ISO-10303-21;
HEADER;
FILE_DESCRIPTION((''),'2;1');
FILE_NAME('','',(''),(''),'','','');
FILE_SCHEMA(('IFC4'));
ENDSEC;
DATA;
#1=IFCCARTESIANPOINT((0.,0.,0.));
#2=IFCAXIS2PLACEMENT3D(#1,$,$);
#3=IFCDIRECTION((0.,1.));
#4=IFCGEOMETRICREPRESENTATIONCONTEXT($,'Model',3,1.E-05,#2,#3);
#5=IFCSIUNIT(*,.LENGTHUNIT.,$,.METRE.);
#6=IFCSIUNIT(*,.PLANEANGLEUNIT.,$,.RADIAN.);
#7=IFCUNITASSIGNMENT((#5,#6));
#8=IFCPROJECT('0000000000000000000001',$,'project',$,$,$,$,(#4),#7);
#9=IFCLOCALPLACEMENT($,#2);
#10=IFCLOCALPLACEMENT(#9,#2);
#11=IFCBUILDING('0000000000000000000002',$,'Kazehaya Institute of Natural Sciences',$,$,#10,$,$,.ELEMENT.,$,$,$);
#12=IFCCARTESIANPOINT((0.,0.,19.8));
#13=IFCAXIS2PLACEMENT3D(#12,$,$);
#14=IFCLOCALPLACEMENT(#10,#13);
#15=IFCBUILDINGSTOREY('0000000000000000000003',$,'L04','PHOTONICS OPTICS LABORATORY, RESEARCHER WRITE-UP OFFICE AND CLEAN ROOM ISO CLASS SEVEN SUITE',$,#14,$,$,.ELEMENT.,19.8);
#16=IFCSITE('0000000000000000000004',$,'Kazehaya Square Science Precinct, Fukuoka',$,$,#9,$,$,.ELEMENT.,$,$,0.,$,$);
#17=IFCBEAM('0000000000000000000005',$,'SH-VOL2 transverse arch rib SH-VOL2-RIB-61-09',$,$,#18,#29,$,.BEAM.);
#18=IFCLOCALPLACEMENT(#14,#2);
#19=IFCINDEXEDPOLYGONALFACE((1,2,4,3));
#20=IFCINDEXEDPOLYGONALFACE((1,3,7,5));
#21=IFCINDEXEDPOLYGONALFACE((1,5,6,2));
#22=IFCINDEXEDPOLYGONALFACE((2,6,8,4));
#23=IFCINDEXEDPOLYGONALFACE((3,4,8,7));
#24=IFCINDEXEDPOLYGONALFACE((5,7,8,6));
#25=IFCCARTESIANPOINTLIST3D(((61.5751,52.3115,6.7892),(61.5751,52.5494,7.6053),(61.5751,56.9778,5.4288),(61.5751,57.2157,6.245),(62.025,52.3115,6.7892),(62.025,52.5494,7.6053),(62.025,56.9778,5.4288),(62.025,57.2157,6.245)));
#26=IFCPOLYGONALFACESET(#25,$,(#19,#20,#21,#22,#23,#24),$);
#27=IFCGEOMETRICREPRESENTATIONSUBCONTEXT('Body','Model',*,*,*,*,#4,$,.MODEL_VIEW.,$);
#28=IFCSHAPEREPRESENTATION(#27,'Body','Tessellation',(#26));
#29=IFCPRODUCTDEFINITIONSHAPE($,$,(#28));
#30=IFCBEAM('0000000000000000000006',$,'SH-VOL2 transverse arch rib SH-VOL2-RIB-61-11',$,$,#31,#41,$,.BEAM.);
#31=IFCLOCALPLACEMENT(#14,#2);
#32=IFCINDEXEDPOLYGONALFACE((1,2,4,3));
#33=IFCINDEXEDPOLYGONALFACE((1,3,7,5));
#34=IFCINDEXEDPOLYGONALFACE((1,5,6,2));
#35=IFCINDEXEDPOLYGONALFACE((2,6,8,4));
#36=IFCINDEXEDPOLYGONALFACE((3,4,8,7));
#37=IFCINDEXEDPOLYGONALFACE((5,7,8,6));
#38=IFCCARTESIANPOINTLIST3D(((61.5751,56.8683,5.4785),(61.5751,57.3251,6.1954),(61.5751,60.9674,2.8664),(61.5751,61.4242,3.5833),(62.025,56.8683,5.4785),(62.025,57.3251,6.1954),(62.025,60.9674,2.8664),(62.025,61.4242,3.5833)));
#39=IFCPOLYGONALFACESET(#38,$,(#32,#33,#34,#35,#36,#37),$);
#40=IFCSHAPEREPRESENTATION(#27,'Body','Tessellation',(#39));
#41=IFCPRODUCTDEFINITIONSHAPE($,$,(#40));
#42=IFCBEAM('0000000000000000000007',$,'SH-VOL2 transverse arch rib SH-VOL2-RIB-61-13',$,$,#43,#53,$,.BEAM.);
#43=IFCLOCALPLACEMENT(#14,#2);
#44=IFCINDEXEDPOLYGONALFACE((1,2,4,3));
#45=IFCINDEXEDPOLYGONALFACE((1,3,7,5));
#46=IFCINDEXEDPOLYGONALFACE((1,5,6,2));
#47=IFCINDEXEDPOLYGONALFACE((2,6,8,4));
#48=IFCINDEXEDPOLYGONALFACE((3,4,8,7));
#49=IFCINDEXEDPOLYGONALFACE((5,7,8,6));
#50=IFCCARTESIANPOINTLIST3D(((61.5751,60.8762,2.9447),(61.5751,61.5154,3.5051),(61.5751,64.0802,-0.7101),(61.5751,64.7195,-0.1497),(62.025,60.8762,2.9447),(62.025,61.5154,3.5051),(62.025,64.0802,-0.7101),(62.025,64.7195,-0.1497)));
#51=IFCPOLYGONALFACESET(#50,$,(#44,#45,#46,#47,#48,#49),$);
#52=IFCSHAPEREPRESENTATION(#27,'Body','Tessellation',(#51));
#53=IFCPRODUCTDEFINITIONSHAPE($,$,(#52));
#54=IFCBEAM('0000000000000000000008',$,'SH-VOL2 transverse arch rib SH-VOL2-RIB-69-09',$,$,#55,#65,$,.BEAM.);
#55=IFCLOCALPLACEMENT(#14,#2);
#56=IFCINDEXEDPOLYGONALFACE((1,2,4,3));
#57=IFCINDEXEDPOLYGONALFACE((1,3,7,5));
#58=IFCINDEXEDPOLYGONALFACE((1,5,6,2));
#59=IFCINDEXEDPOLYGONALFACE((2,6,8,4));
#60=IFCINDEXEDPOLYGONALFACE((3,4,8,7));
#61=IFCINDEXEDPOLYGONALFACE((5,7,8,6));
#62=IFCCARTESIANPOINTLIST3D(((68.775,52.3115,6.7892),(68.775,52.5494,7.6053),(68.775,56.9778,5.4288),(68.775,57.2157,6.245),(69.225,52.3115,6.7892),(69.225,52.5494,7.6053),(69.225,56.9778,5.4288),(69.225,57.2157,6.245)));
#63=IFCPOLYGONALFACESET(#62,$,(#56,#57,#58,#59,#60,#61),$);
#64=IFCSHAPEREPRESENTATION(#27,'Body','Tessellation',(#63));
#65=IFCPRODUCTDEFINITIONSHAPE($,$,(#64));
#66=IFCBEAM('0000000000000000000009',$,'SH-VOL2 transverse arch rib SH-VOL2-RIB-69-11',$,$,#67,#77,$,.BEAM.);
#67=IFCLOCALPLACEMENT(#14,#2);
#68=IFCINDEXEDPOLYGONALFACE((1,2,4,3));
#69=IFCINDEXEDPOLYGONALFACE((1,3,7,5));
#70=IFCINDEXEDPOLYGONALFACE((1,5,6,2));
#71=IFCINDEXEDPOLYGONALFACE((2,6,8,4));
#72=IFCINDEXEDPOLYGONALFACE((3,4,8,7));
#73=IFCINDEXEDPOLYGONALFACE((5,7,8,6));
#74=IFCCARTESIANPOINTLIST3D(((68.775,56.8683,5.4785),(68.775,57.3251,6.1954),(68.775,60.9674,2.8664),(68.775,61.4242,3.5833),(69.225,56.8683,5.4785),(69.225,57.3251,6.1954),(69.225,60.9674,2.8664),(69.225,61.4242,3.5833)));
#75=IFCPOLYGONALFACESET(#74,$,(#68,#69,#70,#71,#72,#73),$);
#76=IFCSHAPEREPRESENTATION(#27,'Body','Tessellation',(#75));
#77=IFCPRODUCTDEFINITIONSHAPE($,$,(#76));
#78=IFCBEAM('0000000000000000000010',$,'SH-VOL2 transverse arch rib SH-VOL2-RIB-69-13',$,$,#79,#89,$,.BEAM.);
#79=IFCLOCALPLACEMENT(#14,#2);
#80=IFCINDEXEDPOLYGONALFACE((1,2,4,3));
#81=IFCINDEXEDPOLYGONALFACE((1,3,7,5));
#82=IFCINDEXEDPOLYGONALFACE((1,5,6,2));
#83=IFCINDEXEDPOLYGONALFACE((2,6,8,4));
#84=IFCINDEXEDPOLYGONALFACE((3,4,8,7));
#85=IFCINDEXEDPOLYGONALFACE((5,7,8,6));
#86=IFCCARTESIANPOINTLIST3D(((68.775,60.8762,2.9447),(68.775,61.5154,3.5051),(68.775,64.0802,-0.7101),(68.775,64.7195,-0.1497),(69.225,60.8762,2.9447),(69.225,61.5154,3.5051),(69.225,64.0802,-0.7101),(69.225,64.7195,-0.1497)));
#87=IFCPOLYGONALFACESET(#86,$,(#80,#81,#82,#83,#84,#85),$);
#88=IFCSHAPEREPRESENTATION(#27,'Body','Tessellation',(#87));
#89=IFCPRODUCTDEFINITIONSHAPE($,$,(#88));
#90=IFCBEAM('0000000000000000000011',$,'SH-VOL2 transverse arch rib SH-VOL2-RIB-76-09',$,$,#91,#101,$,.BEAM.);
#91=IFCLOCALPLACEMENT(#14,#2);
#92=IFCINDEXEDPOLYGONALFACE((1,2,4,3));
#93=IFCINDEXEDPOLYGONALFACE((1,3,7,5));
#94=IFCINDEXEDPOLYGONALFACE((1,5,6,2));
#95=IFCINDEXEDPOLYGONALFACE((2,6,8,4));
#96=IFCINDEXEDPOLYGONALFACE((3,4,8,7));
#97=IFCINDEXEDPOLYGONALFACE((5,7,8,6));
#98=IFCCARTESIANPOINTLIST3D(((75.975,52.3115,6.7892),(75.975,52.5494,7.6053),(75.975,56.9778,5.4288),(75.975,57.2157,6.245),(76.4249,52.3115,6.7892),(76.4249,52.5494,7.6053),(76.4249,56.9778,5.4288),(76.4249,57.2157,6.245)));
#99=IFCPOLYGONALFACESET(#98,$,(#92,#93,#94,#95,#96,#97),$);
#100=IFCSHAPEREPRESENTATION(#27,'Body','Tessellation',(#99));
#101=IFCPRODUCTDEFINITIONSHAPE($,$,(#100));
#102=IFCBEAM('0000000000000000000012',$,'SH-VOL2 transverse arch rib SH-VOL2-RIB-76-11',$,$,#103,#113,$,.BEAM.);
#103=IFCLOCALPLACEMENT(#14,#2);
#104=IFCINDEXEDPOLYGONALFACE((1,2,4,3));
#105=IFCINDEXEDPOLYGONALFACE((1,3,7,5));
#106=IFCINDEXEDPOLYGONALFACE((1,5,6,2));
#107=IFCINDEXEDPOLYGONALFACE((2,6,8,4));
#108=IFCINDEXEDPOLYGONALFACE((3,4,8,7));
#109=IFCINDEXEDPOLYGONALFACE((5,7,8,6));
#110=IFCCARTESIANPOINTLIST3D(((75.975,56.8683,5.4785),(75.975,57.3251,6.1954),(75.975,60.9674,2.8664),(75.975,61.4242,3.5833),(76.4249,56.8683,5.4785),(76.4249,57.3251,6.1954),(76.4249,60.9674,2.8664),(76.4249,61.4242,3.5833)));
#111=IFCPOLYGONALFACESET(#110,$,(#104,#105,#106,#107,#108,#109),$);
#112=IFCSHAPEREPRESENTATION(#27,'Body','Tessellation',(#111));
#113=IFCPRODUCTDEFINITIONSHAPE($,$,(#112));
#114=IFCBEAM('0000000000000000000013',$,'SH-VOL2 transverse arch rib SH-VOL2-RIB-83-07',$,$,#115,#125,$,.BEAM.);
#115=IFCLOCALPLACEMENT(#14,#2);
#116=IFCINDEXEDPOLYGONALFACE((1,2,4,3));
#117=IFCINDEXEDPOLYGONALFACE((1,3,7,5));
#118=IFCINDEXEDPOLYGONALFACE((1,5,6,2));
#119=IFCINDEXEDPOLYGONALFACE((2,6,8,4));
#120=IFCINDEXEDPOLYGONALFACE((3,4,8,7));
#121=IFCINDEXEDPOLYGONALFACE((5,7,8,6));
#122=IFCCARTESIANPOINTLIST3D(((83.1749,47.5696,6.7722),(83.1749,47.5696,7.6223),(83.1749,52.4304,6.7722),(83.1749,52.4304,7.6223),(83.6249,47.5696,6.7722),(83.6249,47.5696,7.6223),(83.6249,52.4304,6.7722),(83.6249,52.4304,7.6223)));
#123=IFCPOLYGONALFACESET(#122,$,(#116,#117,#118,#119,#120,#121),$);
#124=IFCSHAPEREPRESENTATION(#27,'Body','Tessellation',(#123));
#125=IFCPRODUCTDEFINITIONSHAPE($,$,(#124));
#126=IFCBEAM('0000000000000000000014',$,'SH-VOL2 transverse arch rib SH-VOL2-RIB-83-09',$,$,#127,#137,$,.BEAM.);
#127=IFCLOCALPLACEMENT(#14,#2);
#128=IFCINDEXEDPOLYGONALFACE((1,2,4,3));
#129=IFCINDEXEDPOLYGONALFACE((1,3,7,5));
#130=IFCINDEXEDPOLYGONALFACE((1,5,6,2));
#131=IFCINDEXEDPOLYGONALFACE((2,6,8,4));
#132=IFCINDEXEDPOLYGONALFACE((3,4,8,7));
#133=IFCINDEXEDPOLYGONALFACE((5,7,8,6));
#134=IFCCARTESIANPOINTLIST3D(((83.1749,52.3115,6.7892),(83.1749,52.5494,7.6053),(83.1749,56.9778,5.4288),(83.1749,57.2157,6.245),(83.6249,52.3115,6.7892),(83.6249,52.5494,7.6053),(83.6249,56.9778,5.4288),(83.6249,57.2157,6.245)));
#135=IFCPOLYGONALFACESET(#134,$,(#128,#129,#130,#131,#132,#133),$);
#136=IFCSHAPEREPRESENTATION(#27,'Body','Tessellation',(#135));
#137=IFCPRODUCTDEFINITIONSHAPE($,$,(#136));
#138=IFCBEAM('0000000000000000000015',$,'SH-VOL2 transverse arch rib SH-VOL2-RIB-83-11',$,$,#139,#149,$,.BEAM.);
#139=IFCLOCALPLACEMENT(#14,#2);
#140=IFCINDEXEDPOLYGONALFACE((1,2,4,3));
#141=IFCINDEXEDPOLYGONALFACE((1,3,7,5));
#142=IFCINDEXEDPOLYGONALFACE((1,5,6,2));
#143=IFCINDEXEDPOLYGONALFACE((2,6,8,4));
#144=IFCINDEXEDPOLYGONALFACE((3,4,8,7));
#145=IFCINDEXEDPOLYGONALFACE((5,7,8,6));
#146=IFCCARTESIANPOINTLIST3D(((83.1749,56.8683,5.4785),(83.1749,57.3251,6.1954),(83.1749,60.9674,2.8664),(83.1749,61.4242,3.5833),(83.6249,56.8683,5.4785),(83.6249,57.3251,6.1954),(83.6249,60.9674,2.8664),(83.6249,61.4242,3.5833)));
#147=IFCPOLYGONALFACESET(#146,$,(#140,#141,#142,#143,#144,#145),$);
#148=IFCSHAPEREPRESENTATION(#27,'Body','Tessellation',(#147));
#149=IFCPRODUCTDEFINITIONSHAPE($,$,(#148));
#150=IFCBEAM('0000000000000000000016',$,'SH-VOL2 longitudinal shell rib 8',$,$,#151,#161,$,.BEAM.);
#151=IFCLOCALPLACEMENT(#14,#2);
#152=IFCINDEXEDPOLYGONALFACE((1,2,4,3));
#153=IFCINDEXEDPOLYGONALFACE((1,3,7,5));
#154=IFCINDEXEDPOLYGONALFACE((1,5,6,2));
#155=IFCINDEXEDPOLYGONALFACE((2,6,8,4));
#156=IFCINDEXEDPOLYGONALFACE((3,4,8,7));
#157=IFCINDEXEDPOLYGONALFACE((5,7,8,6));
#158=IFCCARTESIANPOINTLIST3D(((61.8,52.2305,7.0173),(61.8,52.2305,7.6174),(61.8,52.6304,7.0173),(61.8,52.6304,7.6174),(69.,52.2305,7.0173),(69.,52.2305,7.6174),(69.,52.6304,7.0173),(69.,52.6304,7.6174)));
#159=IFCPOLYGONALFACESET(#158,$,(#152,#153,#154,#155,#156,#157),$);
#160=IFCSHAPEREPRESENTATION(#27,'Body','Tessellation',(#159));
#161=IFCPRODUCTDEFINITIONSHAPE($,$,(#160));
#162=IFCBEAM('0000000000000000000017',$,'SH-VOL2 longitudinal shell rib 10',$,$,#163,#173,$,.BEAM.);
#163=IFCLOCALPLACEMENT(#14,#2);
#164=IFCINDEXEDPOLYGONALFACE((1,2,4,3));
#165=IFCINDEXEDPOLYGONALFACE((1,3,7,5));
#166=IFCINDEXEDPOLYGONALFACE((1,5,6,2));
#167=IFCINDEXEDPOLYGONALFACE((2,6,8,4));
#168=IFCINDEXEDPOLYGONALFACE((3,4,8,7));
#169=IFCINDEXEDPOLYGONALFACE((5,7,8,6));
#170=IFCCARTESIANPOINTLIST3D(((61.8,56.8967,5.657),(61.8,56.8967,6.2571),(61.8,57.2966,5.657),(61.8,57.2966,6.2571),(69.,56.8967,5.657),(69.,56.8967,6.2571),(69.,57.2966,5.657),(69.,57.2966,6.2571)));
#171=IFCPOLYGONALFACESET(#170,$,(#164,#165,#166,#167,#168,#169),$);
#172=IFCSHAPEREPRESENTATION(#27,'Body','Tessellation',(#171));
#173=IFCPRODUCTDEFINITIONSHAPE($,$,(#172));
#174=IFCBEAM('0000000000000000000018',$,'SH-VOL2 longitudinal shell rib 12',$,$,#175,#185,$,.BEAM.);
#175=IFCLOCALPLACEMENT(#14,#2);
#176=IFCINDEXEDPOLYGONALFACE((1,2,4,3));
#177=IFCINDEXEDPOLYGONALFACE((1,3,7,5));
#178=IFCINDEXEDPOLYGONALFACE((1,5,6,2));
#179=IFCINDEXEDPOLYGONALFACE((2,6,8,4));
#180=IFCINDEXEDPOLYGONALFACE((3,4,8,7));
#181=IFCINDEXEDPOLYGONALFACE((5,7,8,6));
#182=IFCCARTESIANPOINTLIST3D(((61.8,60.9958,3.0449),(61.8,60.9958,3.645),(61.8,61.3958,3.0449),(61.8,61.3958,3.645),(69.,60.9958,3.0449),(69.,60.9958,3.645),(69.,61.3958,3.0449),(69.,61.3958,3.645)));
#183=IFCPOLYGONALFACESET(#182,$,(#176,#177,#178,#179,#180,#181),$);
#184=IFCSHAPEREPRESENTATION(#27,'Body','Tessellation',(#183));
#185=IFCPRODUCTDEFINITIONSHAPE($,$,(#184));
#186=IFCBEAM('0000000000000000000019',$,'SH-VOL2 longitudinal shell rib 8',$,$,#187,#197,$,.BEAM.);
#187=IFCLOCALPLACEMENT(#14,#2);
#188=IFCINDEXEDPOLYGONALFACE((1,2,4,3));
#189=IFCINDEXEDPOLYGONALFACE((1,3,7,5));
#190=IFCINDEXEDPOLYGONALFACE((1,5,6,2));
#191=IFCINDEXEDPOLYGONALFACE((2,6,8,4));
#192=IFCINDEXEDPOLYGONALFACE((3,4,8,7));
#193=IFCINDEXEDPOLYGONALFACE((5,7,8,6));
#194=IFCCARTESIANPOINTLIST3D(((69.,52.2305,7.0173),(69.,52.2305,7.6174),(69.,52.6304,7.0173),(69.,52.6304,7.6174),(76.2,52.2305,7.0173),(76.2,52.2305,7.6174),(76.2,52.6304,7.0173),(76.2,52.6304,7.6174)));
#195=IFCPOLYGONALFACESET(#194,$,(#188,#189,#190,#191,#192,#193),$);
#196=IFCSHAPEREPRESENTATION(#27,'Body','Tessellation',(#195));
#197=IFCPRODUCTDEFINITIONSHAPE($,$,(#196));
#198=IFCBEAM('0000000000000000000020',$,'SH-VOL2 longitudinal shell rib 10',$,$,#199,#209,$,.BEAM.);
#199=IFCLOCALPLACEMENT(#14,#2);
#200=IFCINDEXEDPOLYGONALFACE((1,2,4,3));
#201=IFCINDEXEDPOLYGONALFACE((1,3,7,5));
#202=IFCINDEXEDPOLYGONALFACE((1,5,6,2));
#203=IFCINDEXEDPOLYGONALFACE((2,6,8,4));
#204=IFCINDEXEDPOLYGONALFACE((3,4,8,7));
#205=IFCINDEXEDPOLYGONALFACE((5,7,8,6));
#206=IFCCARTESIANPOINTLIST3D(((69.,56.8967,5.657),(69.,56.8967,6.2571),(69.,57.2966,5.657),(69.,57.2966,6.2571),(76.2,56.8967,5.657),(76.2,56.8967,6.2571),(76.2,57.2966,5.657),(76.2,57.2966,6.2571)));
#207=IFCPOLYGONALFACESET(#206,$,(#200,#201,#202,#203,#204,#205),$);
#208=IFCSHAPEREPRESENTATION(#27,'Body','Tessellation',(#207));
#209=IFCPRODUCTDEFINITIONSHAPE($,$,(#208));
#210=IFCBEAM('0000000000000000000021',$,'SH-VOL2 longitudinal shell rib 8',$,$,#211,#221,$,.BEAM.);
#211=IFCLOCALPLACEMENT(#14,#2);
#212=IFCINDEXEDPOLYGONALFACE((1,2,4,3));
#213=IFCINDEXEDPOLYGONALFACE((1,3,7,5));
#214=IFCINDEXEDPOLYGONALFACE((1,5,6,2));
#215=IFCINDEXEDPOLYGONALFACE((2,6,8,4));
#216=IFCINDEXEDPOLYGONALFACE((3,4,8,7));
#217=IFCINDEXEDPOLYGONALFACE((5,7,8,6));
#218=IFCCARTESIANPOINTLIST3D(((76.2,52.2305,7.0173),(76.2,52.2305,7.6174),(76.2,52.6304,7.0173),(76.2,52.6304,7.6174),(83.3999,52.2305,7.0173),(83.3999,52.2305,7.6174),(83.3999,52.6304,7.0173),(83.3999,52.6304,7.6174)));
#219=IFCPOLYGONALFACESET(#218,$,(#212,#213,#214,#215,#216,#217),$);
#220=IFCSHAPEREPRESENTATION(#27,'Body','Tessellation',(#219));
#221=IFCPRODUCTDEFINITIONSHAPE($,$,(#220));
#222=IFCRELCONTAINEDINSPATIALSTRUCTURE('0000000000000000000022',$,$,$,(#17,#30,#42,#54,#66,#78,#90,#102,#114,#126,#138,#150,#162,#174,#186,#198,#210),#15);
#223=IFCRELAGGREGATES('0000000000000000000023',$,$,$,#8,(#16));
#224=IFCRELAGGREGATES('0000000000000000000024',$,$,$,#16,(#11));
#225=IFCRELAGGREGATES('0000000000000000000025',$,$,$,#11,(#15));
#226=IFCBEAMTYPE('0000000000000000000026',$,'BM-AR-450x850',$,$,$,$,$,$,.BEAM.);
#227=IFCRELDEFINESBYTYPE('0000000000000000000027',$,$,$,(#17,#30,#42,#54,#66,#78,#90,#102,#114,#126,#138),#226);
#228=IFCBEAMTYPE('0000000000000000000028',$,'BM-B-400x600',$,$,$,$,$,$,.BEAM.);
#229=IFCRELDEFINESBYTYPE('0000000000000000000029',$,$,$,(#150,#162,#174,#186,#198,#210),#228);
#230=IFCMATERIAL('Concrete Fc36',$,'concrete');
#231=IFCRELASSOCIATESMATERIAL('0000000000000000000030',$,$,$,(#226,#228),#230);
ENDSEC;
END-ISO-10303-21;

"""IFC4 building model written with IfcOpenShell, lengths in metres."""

from ifc_helpers import new_model, si_unit, direction, frame, origin, origin_2d, place, context, subcontext, project, spatial, rectangle, extrude, material, material_profile, profile_set, type_object, element, save


model = new_model("IFC4")

# Units and contexts
model_context = context("Model", 3, precision=1e-05, world=origin(), true_north=direction((0.0, 1.0)))
body_context = subcontext(model_context, "Body", "Model", "MODEL_VIEW")
ifc_project = project(units=[si_unit("LENGTHUNIT", "METRE"), si_unit("PLANEANGLEUNIT", "RADIAN")], contexts=[model_context])

# Site, building, storey
site_placement = place(None, origin())
site = spatial("IfcSite", under=ifc_project, at=site_placement, Name="Kazehaya Square Science Precinct, Fukuoka", CompositionType="ELEMENT", RefElevation=0.0)
building_placement = place(site_placement, origin())
building = spatial("IfcBuilding", under=site, at=building_placement, Name="Kazehaya Institute of Natural Sciences", CompositionType="ELEMENT")
storey_placement = place(building_placement, frame((0.0, 0.0, 19.8)))
storey = spatial("IfcBuildingStorey", under=building, at=storey_placement, Name="L04", Description="PHOTONICS OPTICS LABORATORY, RESEARCHER WRITE-UP OFFICE AND CLEAN ROOM ISO CLASS SEVEN SUITE", CompositionType="ELEMENT", Elevation=19.8)

# Beams
ifc_material = material(Name="Concrete Fc36", Category="concrete")
ifc_material_profile_1 = material_profile(ifc_material, rectangle(XDim=0.45, YDim=0.8501, at=origin_2d()), Name="RC-450x850")
ifc_profile_set_1 = profile_set([ifc_material_profile_1], Name="Concrete Fc36")
beam_type_1 = type_object("IfcBeamType", Name="BM-AR-450x850", PredefinedType="BEAM", material=ifc_profile_set_1)
for number, where, z_axis, x_axis, name in (
    (1, (61.8, 52.4304, 7.1973), (0.0, 0.960035, -0.279878), (-1.0, 0.0, 0.0), "SH-VOL2 transverse arch rib SH-VOL2-RIB-61-09"),
    (2, (61.8, 57.0967, 5.8369), (0.0, 0.843332, -0.537392), (-1.0, 0.0, 0.0), "SH-VOL2 transverse arch rib SH-VOL2-RIB-61-11"),
):
    element("IfcBeam", number, at=place(storey_placement, frame(where, z_axis=z_axis, x_axis=x_axis)), inside=storey, type_object=beam_type_1, Name=name, PredefinedType="BEAM", context=body_context, shape_type="SweptSolid", body=[
        extrude(rectangle(XDim=0.45, YDim=0.8501, at=origin_2d()), origin(), (0.0, 0.0, 1.0), 4.8606),
    ])
beam_1_placement = place(storey_placement, frame((61.8, 61.1958, 3.2249), z_axis=(0.0, 0.659223, -0.751948), x_axis=(-1.0, 0.0, 0.0)))
element("IfcBeam", 3, at=beam_1_placement, inside=storey, type_object=beam_type_1, Name="SH-VOL2 transverse arch rib SH-VOL2-RIB-61-13", PredefinedType="BEAM", context=body_context, shape_type="SweptSolid", body=[
    extrude(rectangle(XDim=0.45, YDim=0.8501, at=origin_2d()), origin(), (0.0, 0.0, 1.0), 4.8604),
])
for number, where, z_axis, x_axis, name in (
    (4, (69.0, 52.4304, 7.1973), (0.0, 0.960035, -0.279878), (-1.0, 0.0, 0.0), "SH-VOL2 transverse arch rib SH-VOL2-RIB-69-09"),
    (5, (69.0, 57.0967, 5.8369), (0.0, 0.843332, -0.537392), (-1.0, 0.0, 0.0), "SH-VOL2 transverse arch rib SH-VOL2-RIB-69-11"),
):
    element("IfcBeam", number, at=place(storey_placement, frame(where, z_axis=z_axis, x_axis=x_axis)), inside=storey, type_object=beam_type_1, Name=name, PredefinedType="BEAM", context=body_context, shape_type="SweptSolid", body=[
        extrude(rectangle(XDim=0.45, YDim=0.8501, at=origin_2d()), origin(), (0.0, 0.0, 1.0), 4.8606),
    ])
beam_2_placement = place(storey_placement, frame((69.0, 61.1958, 3.2249), z_axis=(0.0, 0.659223, -0.751948), x_axis=(-1.0, 0.0, 0.0)))
element("IfcBeam", 6, at=beam_2_placement, inside=storey, type_object=beam_type_1, Name="SH-VOL2 transverse arch rib SH-VOL2-RIB-69-13", PredefinedType="BEAM", context=body_context, shape_type="SweptSolid", body=[
    extrude(rectangle(XDim=0.45, YDim=0.8501, at=origin_2d()), origin(), (0.0, 0.0, 1.0), 4.8604),
])
for number, where, z_axis, x_axis, name in (
    (7, (76.2, 52.4304, 7.1973), (0.0, 0.960035, -0.279878), (-1.0, 0.0, 0.0), "SH-VOL2 transverse arch rib SH-VOL2-RIB-76-09"),
    (8, (76.2, 57.0967, 5.8369), (0.0, 0.843332, -0.537392), (-1.0, 0.0, 0.0), "SH-VOL2 transverse arch rib SH-VOL2-RIB-76-11"),
):
    element("IfcBeam", number, at=place(storey_placement, frame(where, z_axis=z_axis, x_axis=x_axis)), inside=storey, type_object=beam_type_1, Name=name, PredefinedType="BEAM", context=body_context, shape_type="SweptSolid", body=[
        extrude(rectangle(XDim=0.45, YDim=0.8501, at=origin_2d()), origin(), (0.0, 0.0, 1.0), 4.8606),
    ])
beam_3_placement = place(storey_placement, frame((83.3999, 47.5696, 7.1973), z_axis=(0.0, 1.0, 0.0), x_axis=(-1.0, 0.0, 0.0)))
element("IfcBeam", 9, at=beam_3_placement, inside=storey, type_object=beam_type_1, Name="SH-VOL2 transverse arch rib SH-VOL2-RIB-83-07", PredefinedType="BEAM", context=body_context, shape_type="SweptSolid", body=[
    extrude(rectangle(XDim=0.45, YDim=0.8501, at=origin_2d()), origin(), (0.0, 0.0, 1.0), 4.8608),
])
for number, where, z_axis, x_axis, name in (
    (10, (83.3999, 52.4304, 7.1973), (0.0, 0.960035, -0.279878), (-1.0, 0.0, 0.0), "SH-VOL2 transverse arch rib SH-VOL2-RIB-83-09"),
    (11, (83.3999, 57.0967, 5.8369), (0.0, 0.843332, -0.537392), (-1.0, 0.0, 0.0), "SH-VOL2 transverse arch rib SH-VOL2-RIB-83-11"),
):
    element("IfcBeam", number, at=place(storey_placement, frame(where, z_axis=z_axis, x_axis=x_axis)), inside=storey, type_object=beam_type_1, Name=name, PredefinedType="BEAM", context=body_context, shape_type="SweptSolid", body=[
        extrude(rectangle(XDim=0.45, YDim=0.8501, at=origin_2d()), origin(), (0.0, 0.0, 1.0), 4.8606),
    ])
ifc_material_profile_2 = material_profile(ifc_material, rectangle(XDim=0.3999, YDim=0.6001, at=origin_2d()), Name="RC-400x600")
ifc_profile_set_2 = profile_set([ifc_material_profile_2], Name="Concrete Fc36")
beam_type_2 = type_object("IfcBeamType", Name="BM-B-400x600", PredefinedType="BEAM", material=ifc_profile_set_2)
for number, where, z_axis, x_axis, name in (
    (12, (61.8, 52.4304, 7.3174), (1.0, 0.0, 0.0), (0.0, 1.0, 0.0), "SH-VOL2 longitudinal shell rib 8"),
    (13, (61.8, 57.0967, 5.957), (1.0, 0.0, 0.0), (0.0, 1.0, 0.0), "SH-VOL2 longitudinal shell rib 10"),
    (14, (61.8, 61.1958, 3.345), (1.0, 0.0, 0.0), (0.0, 1.0, 0.0), "SH-VOL2 longitudinal shell rib 12"),
    (15, (69.0, 52.4304, 7.3174), (1.0, 0.0, 0.0), (0.0, 1.0, 0.0), "SH-VOL2 longitudinal shell rib 8"),
    (16, (69.0, 57.0967, 5.957), (1.0, 0.0, 0.0), (0.0, 1.0, 0.0), "SH-VOL2 longitudinal shell rib 10"),
    (17, (76.2, 52.4304, 7.3174), (1.0, 0.0, 0.0), (0.0, 1.0, 0.0), "SH-VOL2 longitudinal shell rib 8"),
):
    element("IfcBeam", number, at=place(storey_placement, frame(where, z_axis=z_axis, x_axis=x_axis)), inside=storey, type_object=beam_type_2, Name=name, PredefinedType="BEAM", context=body_context, shape_type="SweptSolid", body=[
        extrude(rectangle(XDim=0.3999, YDim=0.6001, at=origin_2d()), origin(), (0.0, 0.0, 1.0), 7.2),
    ])

save(model, "model.ifc")
